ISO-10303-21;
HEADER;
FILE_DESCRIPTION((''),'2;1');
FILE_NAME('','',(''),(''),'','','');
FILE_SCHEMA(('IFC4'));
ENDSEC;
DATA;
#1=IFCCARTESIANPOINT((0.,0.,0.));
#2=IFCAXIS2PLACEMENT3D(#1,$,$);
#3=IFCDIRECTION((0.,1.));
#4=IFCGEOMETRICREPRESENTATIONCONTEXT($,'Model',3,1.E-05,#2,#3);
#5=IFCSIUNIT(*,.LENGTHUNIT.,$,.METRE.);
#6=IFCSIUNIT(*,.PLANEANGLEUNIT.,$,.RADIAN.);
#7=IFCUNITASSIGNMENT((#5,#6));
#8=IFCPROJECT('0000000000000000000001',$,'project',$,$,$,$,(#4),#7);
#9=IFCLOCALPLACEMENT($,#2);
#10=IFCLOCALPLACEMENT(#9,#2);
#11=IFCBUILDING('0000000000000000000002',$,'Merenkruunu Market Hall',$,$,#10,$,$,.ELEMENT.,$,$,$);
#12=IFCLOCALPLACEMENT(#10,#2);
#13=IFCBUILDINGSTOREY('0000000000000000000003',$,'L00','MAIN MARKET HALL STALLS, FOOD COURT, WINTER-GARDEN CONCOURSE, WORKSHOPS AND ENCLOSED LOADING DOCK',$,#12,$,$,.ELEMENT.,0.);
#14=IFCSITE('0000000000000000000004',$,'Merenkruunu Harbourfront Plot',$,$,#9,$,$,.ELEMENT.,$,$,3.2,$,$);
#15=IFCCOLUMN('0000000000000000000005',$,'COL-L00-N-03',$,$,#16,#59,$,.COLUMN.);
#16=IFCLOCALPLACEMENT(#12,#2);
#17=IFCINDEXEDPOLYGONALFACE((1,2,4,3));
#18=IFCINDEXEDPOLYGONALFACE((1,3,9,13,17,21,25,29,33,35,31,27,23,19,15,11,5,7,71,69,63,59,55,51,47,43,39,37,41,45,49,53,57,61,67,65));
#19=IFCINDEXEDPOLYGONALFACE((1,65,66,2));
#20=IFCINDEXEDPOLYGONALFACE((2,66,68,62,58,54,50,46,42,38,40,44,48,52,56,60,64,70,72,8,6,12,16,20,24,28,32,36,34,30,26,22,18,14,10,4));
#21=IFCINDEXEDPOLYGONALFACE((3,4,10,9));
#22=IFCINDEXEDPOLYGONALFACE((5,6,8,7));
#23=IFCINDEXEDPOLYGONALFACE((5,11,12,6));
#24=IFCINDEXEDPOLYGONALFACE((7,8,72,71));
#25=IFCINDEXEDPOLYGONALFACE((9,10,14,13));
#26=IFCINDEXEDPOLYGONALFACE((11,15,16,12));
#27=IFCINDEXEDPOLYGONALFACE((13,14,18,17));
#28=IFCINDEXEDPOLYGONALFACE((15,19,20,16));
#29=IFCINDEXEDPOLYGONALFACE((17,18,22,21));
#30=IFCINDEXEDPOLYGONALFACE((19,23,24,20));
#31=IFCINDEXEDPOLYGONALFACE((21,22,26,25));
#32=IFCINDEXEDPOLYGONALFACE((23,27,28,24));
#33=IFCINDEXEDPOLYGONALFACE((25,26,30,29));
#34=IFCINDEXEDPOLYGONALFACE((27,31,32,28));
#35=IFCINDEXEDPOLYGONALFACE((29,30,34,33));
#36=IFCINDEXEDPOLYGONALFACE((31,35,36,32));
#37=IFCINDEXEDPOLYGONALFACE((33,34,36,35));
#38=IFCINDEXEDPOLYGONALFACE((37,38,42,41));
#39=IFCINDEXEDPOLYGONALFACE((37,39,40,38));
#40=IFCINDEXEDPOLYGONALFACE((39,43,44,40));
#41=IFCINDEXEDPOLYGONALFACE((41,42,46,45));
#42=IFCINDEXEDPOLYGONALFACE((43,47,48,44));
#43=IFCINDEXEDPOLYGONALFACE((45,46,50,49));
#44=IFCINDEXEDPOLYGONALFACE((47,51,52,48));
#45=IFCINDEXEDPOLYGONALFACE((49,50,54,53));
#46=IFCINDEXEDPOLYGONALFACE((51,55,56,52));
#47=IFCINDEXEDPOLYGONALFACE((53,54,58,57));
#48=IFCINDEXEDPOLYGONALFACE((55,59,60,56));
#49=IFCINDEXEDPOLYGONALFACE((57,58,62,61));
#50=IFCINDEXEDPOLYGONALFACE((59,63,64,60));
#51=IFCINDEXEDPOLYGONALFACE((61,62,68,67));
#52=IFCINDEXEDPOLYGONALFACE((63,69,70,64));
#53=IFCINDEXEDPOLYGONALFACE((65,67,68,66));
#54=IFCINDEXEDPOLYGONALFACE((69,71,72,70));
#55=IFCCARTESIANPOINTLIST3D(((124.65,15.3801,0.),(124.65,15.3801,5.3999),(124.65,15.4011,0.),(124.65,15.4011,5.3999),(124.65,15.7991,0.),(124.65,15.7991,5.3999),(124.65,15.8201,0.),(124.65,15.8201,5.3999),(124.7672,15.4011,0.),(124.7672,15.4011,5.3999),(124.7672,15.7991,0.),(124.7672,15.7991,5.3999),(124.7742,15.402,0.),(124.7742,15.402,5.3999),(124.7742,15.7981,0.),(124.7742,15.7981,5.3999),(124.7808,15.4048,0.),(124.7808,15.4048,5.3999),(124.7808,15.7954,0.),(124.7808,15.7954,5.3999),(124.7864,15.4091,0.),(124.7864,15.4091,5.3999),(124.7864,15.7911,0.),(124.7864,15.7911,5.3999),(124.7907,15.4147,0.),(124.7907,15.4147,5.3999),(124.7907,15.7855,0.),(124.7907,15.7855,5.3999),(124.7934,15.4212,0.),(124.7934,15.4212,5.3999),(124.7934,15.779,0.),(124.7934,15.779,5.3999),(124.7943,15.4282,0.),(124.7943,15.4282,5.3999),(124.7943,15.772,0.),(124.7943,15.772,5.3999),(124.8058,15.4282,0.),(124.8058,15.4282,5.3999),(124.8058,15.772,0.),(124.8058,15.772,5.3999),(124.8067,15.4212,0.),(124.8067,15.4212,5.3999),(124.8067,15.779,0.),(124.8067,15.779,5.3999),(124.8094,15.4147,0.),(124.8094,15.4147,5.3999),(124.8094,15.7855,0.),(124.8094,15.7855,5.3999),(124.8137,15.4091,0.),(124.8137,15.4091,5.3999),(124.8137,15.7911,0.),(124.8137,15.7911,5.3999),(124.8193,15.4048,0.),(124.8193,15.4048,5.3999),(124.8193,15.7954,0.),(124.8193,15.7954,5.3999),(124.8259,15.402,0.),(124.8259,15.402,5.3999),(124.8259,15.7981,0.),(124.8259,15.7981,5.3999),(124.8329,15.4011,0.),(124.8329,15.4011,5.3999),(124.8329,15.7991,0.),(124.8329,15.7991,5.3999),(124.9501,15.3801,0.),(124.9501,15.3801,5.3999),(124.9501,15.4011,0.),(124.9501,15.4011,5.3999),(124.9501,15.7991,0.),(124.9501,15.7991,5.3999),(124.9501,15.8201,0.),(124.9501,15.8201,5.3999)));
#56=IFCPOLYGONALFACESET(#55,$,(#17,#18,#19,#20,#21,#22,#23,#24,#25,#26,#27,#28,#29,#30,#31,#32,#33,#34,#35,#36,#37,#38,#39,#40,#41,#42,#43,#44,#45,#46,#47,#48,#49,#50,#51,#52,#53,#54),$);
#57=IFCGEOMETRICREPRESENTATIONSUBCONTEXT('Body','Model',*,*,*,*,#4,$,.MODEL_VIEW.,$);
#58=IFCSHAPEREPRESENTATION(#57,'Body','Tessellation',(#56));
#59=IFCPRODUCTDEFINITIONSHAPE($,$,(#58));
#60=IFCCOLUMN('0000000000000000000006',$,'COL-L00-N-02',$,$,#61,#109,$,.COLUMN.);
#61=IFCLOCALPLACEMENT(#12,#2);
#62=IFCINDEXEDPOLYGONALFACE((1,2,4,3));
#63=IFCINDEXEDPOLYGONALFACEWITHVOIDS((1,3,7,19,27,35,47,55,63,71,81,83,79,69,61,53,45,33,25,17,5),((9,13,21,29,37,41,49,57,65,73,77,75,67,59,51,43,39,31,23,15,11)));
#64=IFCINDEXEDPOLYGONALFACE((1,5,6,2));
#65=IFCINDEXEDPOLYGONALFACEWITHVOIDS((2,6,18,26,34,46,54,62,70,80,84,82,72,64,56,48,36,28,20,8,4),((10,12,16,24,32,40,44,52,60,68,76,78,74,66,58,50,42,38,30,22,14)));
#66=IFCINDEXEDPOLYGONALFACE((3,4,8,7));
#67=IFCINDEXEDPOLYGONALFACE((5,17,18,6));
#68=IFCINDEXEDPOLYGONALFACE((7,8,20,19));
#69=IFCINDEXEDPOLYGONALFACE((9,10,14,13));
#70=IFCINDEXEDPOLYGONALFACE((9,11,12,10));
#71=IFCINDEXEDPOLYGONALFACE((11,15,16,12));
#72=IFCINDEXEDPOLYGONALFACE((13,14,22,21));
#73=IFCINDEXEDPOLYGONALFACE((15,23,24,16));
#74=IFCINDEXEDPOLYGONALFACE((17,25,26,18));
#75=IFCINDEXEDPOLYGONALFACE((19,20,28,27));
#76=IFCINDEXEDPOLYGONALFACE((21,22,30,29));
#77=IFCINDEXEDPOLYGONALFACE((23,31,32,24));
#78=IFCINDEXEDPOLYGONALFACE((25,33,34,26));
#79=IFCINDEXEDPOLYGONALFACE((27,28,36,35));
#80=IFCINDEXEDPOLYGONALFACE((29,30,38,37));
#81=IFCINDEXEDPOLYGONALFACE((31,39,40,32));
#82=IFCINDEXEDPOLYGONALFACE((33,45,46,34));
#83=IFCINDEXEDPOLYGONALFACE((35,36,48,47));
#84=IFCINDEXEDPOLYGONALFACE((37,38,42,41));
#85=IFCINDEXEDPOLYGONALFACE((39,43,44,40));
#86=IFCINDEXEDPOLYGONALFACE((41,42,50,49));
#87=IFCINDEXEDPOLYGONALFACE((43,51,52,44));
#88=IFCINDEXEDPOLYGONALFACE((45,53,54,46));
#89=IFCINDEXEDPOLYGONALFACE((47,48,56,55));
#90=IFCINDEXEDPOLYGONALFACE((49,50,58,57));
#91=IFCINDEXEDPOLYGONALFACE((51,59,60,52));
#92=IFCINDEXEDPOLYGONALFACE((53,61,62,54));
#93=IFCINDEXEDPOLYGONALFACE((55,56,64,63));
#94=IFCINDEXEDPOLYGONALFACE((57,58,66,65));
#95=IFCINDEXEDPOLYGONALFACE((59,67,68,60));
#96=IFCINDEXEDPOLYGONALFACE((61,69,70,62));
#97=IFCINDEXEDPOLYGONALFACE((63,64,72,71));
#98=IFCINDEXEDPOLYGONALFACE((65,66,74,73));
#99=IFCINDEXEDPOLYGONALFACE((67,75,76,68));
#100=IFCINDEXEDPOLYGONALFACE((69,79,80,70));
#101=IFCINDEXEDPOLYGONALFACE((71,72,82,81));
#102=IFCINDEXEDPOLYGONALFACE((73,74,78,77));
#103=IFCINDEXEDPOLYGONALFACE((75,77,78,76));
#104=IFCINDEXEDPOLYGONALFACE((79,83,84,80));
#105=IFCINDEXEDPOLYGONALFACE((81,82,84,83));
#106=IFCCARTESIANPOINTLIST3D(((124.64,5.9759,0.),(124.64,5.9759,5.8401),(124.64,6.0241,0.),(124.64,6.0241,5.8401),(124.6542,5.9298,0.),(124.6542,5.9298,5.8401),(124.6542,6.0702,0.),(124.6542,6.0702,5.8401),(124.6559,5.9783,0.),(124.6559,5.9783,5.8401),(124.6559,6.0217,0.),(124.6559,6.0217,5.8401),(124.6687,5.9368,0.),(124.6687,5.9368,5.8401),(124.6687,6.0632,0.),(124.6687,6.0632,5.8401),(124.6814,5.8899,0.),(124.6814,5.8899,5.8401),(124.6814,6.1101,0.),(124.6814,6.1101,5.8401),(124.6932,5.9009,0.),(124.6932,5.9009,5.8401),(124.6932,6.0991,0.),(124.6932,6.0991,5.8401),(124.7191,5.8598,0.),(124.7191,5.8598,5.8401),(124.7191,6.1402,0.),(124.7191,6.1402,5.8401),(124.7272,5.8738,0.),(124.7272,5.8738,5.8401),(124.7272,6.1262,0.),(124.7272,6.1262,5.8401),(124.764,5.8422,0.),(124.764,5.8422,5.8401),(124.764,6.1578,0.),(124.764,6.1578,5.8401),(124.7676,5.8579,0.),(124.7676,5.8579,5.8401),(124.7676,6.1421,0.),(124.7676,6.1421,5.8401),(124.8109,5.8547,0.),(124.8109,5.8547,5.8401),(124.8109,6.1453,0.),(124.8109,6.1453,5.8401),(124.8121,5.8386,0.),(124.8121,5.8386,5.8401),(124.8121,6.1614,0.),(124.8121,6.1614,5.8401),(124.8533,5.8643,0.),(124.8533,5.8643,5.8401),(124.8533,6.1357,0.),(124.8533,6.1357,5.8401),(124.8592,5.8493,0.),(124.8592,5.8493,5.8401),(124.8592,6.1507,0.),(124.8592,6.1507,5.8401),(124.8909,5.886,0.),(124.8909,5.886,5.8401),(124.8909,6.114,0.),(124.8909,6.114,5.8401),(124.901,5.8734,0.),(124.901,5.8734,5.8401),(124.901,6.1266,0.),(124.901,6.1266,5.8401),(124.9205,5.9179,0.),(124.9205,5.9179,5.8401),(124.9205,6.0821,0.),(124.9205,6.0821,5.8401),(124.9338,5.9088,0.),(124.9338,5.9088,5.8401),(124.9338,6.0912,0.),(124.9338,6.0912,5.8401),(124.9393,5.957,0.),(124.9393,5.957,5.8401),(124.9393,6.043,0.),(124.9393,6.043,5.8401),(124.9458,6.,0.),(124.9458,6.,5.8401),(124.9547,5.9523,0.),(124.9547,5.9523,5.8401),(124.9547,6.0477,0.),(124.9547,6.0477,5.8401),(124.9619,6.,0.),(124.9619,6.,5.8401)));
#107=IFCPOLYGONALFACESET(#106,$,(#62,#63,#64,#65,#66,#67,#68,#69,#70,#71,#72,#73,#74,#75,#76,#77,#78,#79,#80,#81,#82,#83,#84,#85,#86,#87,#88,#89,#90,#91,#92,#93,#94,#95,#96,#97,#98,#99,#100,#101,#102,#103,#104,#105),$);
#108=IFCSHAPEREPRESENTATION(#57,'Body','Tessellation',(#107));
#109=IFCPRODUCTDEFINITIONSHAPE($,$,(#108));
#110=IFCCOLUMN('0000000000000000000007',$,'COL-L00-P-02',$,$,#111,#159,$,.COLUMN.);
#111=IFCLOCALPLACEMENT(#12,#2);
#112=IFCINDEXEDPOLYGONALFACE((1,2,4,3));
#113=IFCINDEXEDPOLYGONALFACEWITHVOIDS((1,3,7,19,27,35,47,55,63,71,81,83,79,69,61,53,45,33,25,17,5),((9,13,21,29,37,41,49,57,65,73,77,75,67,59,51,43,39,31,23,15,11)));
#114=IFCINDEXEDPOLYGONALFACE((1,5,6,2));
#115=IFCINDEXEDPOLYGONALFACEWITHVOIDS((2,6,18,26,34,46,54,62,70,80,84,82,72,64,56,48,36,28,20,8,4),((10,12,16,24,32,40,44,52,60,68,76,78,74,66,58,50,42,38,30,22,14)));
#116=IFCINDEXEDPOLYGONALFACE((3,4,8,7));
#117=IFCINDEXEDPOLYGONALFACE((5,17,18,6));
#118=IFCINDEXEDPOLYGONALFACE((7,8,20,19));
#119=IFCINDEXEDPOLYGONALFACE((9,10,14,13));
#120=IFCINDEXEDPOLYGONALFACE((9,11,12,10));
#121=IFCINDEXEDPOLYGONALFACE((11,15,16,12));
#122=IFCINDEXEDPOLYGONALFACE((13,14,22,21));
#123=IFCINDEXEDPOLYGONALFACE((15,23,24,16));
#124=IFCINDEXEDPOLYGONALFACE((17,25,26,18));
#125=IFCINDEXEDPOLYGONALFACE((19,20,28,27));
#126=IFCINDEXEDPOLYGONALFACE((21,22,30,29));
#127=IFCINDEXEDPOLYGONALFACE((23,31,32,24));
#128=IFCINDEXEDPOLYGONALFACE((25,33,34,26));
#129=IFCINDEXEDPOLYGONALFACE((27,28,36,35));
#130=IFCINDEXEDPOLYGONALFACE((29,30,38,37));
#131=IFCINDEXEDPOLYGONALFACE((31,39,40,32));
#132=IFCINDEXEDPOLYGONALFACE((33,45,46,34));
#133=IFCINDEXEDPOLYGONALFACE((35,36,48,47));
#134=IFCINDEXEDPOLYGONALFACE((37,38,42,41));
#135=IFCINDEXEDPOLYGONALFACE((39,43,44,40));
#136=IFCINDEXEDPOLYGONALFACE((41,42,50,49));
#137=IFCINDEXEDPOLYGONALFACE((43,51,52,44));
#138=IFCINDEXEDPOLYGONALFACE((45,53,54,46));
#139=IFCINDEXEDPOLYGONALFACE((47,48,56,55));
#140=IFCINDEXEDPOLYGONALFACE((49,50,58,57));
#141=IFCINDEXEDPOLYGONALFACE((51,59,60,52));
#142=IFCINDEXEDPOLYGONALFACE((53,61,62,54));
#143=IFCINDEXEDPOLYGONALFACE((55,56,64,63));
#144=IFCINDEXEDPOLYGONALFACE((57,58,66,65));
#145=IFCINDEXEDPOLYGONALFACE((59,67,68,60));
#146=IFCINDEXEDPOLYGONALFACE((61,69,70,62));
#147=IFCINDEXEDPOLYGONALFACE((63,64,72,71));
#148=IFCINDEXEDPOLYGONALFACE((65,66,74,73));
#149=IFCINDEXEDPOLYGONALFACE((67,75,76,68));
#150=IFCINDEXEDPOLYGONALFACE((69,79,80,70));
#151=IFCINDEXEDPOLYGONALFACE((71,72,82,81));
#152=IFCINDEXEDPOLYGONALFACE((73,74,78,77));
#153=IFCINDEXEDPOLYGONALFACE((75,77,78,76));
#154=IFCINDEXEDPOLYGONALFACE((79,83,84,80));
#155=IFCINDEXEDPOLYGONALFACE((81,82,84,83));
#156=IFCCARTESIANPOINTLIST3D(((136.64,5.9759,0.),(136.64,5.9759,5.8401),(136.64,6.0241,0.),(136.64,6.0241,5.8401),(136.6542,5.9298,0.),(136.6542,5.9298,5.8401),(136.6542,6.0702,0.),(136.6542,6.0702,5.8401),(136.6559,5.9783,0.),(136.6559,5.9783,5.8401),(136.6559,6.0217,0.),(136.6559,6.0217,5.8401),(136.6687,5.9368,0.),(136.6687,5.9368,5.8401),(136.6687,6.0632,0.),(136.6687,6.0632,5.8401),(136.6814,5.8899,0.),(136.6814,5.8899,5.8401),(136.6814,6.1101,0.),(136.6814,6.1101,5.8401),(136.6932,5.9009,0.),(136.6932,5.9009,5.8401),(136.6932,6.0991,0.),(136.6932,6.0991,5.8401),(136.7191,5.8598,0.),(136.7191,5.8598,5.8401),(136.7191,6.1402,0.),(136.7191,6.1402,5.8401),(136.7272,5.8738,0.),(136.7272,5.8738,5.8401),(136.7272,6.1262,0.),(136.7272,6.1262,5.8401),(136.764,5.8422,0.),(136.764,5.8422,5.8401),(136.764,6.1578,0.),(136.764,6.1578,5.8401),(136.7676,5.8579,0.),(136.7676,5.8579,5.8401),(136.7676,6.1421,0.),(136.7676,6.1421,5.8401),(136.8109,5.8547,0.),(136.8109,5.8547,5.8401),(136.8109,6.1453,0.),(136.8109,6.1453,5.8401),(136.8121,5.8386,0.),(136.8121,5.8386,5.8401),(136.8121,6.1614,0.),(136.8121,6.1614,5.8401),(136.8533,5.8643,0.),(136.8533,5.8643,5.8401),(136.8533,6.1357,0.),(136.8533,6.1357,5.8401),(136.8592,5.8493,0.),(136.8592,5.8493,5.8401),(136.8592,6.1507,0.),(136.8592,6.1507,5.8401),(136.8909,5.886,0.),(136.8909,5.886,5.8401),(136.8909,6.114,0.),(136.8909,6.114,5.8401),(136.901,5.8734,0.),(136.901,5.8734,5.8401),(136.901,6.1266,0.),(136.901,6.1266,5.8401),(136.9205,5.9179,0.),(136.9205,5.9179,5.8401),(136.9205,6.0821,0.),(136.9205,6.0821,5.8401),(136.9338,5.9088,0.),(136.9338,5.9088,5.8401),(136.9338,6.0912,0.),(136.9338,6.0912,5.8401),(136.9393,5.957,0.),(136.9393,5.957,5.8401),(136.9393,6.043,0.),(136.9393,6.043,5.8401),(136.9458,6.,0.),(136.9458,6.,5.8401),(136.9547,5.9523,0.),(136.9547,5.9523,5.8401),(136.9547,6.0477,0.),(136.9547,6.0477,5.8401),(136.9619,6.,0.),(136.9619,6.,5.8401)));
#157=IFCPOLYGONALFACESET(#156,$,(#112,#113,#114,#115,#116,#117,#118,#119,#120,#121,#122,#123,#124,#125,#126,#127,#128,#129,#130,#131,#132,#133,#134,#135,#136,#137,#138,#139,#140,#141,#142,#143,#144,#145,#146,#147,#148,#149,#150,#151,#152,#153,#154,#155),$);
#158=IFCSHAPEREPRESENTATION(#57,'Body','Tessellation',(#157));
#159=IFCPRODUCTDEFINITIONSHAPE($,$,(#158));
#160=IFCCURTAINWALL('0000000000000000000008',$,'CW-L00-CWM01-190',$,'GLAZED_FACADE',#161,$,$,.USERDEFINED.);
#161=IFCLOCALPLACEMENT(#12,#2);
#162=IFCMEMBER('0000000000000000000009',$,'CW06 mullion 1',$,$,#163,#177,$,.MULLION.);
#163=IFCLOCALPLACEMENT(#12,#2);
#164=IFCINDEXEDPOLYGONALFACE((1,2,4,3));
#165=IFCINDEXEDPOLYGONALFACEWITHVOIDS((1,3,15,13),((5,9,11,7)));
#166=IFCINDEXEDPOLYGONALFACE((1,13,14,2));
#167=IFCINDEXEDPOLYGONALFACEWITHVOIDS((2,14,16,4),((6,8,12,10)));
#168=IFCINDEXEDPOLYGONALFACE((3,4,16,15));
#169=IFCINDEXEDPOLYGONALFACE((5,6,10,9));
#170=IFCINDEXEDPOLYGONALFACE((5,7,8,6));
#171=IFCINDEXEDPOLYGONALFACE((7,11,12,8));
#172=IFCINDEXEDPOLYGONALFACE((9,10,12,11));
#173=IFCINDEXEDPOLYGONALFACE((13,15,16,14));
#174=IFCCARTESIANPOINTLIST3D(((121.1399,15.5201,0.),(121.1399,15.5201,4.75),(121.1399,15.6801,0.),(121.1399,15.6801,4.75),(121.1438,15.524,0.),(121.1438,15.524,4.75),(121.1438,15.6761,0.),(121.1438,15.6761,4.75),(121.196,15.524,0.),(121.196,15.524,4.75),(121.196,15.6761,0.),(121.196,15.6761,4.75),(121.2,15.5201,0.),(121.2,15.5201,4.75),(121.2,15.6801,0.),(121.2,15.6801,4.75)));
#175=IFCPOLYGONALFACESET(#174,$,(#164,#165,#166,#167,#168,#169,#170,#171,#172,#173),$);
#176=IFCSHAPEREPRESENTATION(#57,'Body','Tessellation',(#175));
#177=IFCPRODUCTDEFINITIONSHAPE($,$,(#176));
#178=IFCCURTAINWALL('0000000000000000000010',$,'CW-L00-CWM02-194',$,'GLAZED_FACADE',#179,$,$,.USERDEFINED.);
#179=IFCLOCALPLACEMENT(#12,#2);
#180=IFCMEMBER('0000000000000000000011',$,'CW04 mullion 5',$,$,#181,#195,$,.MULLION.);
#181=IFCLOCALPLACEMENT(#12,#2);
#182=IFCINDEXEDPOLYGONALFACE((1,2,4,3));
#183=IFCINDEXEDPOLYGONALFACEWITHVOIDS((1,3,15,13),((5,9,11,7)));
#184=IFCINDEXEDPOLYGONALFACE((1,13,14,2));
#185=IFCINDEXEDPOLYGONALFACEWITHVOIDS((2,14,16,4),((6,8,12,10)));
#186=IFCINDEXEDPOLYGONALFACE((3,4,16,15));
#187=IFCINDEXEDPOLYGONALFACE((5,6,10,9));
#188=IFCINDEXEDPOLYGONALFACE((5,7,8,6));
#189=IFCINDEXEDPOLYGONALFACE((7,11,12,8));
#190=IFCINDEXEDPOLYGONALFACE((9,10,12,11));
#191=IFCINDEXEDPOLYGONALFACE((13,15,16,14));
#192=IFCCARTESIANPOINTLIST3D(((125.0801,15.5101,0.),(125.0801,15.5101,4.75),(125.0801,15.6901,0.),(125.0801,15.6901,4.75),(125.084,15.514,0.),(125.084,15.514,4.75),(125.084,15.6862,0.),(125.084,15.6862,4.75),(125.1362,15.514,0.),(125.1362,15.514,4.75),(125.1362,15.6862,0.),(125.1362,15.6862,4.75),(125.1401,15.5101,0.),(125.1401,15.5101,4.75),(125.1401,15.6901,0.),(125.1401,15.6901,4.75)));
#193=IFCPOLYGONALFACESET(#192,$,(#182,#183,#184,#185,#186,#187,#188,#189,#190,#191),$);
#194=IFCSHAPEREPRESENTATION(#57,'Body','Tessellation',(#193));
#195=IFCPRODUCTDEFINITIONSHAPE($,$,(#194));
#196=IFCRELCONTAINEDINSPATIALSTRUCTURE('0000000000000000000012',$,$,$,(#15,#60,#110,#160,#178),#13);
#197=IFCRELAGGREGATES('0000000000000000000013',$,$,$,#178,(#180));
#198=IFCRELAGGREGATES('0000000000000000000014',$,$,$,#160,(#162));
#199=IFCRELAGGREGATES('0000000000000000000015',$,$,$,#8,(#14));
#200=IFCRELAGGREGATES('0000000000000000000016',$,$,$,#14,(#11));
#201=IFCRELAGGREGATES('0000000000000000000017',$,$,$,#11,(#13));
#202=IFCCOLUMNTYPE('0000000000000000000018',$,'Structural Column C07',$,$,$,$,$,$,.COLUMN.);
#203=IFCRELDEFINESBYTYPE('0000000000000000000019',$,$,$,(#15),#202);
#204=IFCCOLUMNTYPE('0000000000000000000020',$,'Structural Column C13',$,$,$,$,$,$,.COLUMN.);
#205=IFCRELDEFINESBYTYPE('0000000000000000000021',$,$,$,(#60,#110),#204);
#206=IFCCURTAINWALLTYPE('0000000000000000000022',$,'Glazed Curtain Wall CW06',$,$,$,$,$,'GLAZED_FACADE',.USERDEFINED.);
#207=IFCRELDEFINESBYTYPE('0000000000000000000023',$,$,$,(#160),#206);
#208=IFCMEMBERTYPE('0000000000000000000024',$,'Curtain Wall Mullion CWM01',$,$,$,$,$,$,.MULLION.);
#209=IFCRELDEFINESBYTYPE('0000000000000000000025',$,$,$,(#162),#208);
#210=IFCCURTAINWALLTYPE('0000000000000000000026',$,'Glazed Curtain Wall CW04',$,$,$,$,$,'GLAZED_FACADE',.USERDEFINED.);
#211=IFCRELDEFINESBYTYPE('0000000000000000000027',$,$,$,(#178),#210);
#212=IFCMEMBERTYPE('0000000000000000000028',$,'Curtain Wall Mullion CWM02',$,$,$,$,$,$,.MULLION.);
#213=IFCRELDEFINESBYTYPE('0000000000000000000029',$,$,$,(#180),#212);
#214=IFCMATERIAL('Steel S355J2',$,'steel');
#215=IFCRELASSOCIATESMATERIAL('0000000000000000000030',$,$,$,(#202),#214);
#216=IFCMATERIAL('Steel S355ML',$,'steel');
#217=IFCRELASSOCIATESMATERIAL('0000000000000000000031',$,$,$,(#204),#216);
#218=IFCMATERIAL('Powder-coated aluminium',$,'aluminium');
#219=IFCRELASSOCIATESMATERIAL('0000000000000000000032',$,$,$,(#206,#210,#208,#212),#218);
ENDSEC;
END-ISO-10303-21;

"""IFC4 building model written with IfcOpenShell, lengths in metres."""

from ifc_helpers import new_model, si_unit, direction, frame, origin, origin_2d, place, context, subcontext, project, spatial, hollow_rectangle, hollow_circle, i_section, extrude, material, material_profile, profile_set, type_object, element, aggregate, save


model = new_model("IFC4")

# Units and contexts
model_context = context("Model", 3, precision=1e-05, world=origin(), true_north=direction((0.0, 1.0)))
body_context = subcontext(model_context, "Body", "Model", "MODEL_VIEW")
ifc_project = project(units=[si_unit("LENGTHUNIT", "METRE"), si_unit("PLANEANGLEUNIT", "RADIAN")], contexts=[model_context])

# Site, building, storey
site_placement = place(None, origin())
site = spatial("IfcSite", under=ifc_project, at=site_placement, Name="Merenkruunu Harbourfront Plot", CompositionType="ELEMENT", RefElevation=3.2)
building_placement = place(site_placement, origin())
building = spatial("IfcBuilding", under=site, at=building_placement, Name="Merenkruunu Market Hall", CompositionType="ELEMENT")
storey_placement = place(building_placement, origin())
storey = spatial("IfcBuildingStorey", under=building, at=storey_placement, Name="L00", Description="MAIN MARKET HALL STALLS, FOOD COURT, WINTER-GARDEN CONCOURSE, WORKSHOPS AND ENCLOSED LOADING DOCK", CompositionType="ELEMENT", Elevation=0.0)

# Columns
ifc_material_1 = material(Name="Steel S355J2", Category="steel")
ifc_material_profile_1 = material_profile(ifc_material_1, i_section(OverallWidth=0.3, OverallDepth=0.4399, WebThickness=0.0115, FlangeThickness=0.021, FilletRadius=0.0271, at=origin_2d()), Name="HEA 450")
ifc_profile_set_1 = profile_set([ifc_material_profile_1], Name="Steel S355J2")
column_type_1 = type_object("IfcColumnType", Name="Structural Column C07", PredefinedType="COLUMN", material=ifc_profile_set_1)
column_placement = place(storey_placement, frame((124.8, 15.6001, 0.0), z_axis=(0.0, 0.0, 1.0), x_axis=(1.0, 0.0, 0.0)))
element("IfcColumn", 1, at=column_placement, inside=storey, type_object=column_type_1, Name="COL-L00-N-03", PredefinedType="COLUMN", context=body_context, shape_type="SweptSolid", body=[
    extrude(i_section(OverallWidth=0.3, OverallDepth=0.4399, WebThickness=0.0115, FlangeThickness=0.021, FilletRadius=0.0271, at=origin_2d()), origin(), (0.0, 0.0, 1.0), 5.3999),
])
ifc_material_2 = material(Name="Steel S355ML", Category="steel")
ifc_material_profile_2 = material_profile(ifc_material_2, hollow_circle(Radius=0.1619, WallThickness=0.0161, at=origin_2d()), Name="CHS 323.9x16")
ifc_profile_set_2 = profile_set([ifc_material_profile_2], Name="Steel S355ML")
column_type_2 = type_object("IfcColumnType", Name="Structural Column C13", PredefinedType="COLUMN", material=ifc_profile_set_2)
for number, where, z_axis, x_axis, name in (
    (2, (124.8, 6.0, 0.0), (0.0, 0.0, 1.0), (1.0, 0.0, 0.0), "COL-L00-N-02"),
    (3, (136.8, 6.0, 0.0), (0.0, 0.0, 1.0), (1.0, 0.0, 0.0), "COL-L00-P-02"),
):
    element("IfcColumn", number, at=place(storey_placement, frame(where, z_axis=z_axis, x_axis=x_axis)), inside=storey, type_object=column_type_2, Name=name, PredefinedType="COLUMN", context=body_context, shape_type="SweptSolid", body=[
        extrude(hollow_circle(Radius=0.1619, WallThickness=0.0161, at=origin_2d()), origin(), (0.0, 0.0, 1.0), 5.8401),
    ])

# Curtain walls, members
ifc_material_3 = material(Name="Powder-coated aluminium", Category="aluminium")
curtain_wall_type_1 = type_object("IfcCurtainWallType", Name="Glazed Curtain Wall CW06", ElementType="GLAZED_FACADE", PredefinedType="USERDEFINED", material=ifc_material_3)
curtain_wall_1_placement = place(storey_placement, origin())
curtain_wall_1 = element("IfcCurtainWall", 4, at=curtain_wall_1_placement, inside=storey, type_object=curtain_wall_type_1, Name="CW-L00-CWM01-190", ObjectType="GLAZED_FACADE", PredefinedType="USERDEFINED")
ifc_material_profile_3 = material_profile(ifc_material_3, hollow_rectangle(XDim=0.0601, YDim=0.1599, WallThickness=0.0039, at=origin_2d()), Name="ALU 60x160x4")
ifc_profile_set_3 = profile_set([ifc_material_profile_3], Name="Powder-coated aluminium")
member_type_1 = type_object("IfcMemberType", Name="Curtain Wall Mullion CWM01", PredefinedType="MULLION", material=ifc_profile_set_3)
member_1_placement = place(storey_placement, frame((121.1699, 15.6001, 0.0), z_axis=(0.0, 0.0, 1.0), x_axis=(-1.0, 0.0, 0.0)))
member_1 = element("IfcMember", 5, at=member_1_placement, type_object=member_type_1, Name="CW06 mullion 1", PredefinedType="MULLION", context=body_context, shape_type="SweptSolid", body=[
    extrude(hollow_rectangle(XDim=0.0601, YDim=0.1599, WallThickness=0.0039, at=origin_2d()), origin(), (0.0, 0.0, 1.0), 4.75),
])
curtain_wall_type_2 = type_object("IfcCurtainWallType", Name="Glazed Curtain Wall CW04", ElementType="GLAZED_FACADE", PredefinedType="USERDEFINED", material=ifc_material_3)
curtain_wall_2_placement = place(storey_placement, origin())
curtain_wall_2 = element("IfcCurtainWall", 6, at=curtain_wall_2_placement, inside=storey, type_object=curtain_wall_type_2, Name="CW-L00-CWM02-194", ObjectType="GLAZED_FACADE", PredefinedType="USERDEFINED")
ifc_material_profile_4 = material_profile(ifc_material_3, hollow_rectangle(XDim=0.0601, YDim=0.1799, WallThickness=0.0039, at=origin_2d()), Name="ALU 60x180x4")
ifc_profile_set_4 = profile_set([ifc_material_profile_4], Name="Powder-coated aluminium")
member_type_2 = type_object("IfcMemberType", Name="Curtain Wall Mullion CWM02", PredefinedType="MULLION", material=ifc_profile_set_4)
member_2_placement = place(storey_placement, frame((125.1101, 15.6001, 0.0), z_axis=(0.0, 0.0, 1.0), x_axis=(-1.0, 0.0, 0.0)))
member_2 = element("IfcMember", 7, at=member_2_placement, type_object=member_type_2, Name="CW04 mullion 5", PredefinedType="MULLION", context=body_context, shape_type="SweptSolid", body=[
    extrude(hollow_rectangle(XDim=0.0601, YDim=0.1799, WallThickness=0.0039, at=origin_2d()), origin(), (0.0, 0.0, 1.0), 4.75),
])
aggregate(curtain_wall_2, [member_2])

aggregate(curtain_wall_1, [member_1])

save(model, "model.ifc")
